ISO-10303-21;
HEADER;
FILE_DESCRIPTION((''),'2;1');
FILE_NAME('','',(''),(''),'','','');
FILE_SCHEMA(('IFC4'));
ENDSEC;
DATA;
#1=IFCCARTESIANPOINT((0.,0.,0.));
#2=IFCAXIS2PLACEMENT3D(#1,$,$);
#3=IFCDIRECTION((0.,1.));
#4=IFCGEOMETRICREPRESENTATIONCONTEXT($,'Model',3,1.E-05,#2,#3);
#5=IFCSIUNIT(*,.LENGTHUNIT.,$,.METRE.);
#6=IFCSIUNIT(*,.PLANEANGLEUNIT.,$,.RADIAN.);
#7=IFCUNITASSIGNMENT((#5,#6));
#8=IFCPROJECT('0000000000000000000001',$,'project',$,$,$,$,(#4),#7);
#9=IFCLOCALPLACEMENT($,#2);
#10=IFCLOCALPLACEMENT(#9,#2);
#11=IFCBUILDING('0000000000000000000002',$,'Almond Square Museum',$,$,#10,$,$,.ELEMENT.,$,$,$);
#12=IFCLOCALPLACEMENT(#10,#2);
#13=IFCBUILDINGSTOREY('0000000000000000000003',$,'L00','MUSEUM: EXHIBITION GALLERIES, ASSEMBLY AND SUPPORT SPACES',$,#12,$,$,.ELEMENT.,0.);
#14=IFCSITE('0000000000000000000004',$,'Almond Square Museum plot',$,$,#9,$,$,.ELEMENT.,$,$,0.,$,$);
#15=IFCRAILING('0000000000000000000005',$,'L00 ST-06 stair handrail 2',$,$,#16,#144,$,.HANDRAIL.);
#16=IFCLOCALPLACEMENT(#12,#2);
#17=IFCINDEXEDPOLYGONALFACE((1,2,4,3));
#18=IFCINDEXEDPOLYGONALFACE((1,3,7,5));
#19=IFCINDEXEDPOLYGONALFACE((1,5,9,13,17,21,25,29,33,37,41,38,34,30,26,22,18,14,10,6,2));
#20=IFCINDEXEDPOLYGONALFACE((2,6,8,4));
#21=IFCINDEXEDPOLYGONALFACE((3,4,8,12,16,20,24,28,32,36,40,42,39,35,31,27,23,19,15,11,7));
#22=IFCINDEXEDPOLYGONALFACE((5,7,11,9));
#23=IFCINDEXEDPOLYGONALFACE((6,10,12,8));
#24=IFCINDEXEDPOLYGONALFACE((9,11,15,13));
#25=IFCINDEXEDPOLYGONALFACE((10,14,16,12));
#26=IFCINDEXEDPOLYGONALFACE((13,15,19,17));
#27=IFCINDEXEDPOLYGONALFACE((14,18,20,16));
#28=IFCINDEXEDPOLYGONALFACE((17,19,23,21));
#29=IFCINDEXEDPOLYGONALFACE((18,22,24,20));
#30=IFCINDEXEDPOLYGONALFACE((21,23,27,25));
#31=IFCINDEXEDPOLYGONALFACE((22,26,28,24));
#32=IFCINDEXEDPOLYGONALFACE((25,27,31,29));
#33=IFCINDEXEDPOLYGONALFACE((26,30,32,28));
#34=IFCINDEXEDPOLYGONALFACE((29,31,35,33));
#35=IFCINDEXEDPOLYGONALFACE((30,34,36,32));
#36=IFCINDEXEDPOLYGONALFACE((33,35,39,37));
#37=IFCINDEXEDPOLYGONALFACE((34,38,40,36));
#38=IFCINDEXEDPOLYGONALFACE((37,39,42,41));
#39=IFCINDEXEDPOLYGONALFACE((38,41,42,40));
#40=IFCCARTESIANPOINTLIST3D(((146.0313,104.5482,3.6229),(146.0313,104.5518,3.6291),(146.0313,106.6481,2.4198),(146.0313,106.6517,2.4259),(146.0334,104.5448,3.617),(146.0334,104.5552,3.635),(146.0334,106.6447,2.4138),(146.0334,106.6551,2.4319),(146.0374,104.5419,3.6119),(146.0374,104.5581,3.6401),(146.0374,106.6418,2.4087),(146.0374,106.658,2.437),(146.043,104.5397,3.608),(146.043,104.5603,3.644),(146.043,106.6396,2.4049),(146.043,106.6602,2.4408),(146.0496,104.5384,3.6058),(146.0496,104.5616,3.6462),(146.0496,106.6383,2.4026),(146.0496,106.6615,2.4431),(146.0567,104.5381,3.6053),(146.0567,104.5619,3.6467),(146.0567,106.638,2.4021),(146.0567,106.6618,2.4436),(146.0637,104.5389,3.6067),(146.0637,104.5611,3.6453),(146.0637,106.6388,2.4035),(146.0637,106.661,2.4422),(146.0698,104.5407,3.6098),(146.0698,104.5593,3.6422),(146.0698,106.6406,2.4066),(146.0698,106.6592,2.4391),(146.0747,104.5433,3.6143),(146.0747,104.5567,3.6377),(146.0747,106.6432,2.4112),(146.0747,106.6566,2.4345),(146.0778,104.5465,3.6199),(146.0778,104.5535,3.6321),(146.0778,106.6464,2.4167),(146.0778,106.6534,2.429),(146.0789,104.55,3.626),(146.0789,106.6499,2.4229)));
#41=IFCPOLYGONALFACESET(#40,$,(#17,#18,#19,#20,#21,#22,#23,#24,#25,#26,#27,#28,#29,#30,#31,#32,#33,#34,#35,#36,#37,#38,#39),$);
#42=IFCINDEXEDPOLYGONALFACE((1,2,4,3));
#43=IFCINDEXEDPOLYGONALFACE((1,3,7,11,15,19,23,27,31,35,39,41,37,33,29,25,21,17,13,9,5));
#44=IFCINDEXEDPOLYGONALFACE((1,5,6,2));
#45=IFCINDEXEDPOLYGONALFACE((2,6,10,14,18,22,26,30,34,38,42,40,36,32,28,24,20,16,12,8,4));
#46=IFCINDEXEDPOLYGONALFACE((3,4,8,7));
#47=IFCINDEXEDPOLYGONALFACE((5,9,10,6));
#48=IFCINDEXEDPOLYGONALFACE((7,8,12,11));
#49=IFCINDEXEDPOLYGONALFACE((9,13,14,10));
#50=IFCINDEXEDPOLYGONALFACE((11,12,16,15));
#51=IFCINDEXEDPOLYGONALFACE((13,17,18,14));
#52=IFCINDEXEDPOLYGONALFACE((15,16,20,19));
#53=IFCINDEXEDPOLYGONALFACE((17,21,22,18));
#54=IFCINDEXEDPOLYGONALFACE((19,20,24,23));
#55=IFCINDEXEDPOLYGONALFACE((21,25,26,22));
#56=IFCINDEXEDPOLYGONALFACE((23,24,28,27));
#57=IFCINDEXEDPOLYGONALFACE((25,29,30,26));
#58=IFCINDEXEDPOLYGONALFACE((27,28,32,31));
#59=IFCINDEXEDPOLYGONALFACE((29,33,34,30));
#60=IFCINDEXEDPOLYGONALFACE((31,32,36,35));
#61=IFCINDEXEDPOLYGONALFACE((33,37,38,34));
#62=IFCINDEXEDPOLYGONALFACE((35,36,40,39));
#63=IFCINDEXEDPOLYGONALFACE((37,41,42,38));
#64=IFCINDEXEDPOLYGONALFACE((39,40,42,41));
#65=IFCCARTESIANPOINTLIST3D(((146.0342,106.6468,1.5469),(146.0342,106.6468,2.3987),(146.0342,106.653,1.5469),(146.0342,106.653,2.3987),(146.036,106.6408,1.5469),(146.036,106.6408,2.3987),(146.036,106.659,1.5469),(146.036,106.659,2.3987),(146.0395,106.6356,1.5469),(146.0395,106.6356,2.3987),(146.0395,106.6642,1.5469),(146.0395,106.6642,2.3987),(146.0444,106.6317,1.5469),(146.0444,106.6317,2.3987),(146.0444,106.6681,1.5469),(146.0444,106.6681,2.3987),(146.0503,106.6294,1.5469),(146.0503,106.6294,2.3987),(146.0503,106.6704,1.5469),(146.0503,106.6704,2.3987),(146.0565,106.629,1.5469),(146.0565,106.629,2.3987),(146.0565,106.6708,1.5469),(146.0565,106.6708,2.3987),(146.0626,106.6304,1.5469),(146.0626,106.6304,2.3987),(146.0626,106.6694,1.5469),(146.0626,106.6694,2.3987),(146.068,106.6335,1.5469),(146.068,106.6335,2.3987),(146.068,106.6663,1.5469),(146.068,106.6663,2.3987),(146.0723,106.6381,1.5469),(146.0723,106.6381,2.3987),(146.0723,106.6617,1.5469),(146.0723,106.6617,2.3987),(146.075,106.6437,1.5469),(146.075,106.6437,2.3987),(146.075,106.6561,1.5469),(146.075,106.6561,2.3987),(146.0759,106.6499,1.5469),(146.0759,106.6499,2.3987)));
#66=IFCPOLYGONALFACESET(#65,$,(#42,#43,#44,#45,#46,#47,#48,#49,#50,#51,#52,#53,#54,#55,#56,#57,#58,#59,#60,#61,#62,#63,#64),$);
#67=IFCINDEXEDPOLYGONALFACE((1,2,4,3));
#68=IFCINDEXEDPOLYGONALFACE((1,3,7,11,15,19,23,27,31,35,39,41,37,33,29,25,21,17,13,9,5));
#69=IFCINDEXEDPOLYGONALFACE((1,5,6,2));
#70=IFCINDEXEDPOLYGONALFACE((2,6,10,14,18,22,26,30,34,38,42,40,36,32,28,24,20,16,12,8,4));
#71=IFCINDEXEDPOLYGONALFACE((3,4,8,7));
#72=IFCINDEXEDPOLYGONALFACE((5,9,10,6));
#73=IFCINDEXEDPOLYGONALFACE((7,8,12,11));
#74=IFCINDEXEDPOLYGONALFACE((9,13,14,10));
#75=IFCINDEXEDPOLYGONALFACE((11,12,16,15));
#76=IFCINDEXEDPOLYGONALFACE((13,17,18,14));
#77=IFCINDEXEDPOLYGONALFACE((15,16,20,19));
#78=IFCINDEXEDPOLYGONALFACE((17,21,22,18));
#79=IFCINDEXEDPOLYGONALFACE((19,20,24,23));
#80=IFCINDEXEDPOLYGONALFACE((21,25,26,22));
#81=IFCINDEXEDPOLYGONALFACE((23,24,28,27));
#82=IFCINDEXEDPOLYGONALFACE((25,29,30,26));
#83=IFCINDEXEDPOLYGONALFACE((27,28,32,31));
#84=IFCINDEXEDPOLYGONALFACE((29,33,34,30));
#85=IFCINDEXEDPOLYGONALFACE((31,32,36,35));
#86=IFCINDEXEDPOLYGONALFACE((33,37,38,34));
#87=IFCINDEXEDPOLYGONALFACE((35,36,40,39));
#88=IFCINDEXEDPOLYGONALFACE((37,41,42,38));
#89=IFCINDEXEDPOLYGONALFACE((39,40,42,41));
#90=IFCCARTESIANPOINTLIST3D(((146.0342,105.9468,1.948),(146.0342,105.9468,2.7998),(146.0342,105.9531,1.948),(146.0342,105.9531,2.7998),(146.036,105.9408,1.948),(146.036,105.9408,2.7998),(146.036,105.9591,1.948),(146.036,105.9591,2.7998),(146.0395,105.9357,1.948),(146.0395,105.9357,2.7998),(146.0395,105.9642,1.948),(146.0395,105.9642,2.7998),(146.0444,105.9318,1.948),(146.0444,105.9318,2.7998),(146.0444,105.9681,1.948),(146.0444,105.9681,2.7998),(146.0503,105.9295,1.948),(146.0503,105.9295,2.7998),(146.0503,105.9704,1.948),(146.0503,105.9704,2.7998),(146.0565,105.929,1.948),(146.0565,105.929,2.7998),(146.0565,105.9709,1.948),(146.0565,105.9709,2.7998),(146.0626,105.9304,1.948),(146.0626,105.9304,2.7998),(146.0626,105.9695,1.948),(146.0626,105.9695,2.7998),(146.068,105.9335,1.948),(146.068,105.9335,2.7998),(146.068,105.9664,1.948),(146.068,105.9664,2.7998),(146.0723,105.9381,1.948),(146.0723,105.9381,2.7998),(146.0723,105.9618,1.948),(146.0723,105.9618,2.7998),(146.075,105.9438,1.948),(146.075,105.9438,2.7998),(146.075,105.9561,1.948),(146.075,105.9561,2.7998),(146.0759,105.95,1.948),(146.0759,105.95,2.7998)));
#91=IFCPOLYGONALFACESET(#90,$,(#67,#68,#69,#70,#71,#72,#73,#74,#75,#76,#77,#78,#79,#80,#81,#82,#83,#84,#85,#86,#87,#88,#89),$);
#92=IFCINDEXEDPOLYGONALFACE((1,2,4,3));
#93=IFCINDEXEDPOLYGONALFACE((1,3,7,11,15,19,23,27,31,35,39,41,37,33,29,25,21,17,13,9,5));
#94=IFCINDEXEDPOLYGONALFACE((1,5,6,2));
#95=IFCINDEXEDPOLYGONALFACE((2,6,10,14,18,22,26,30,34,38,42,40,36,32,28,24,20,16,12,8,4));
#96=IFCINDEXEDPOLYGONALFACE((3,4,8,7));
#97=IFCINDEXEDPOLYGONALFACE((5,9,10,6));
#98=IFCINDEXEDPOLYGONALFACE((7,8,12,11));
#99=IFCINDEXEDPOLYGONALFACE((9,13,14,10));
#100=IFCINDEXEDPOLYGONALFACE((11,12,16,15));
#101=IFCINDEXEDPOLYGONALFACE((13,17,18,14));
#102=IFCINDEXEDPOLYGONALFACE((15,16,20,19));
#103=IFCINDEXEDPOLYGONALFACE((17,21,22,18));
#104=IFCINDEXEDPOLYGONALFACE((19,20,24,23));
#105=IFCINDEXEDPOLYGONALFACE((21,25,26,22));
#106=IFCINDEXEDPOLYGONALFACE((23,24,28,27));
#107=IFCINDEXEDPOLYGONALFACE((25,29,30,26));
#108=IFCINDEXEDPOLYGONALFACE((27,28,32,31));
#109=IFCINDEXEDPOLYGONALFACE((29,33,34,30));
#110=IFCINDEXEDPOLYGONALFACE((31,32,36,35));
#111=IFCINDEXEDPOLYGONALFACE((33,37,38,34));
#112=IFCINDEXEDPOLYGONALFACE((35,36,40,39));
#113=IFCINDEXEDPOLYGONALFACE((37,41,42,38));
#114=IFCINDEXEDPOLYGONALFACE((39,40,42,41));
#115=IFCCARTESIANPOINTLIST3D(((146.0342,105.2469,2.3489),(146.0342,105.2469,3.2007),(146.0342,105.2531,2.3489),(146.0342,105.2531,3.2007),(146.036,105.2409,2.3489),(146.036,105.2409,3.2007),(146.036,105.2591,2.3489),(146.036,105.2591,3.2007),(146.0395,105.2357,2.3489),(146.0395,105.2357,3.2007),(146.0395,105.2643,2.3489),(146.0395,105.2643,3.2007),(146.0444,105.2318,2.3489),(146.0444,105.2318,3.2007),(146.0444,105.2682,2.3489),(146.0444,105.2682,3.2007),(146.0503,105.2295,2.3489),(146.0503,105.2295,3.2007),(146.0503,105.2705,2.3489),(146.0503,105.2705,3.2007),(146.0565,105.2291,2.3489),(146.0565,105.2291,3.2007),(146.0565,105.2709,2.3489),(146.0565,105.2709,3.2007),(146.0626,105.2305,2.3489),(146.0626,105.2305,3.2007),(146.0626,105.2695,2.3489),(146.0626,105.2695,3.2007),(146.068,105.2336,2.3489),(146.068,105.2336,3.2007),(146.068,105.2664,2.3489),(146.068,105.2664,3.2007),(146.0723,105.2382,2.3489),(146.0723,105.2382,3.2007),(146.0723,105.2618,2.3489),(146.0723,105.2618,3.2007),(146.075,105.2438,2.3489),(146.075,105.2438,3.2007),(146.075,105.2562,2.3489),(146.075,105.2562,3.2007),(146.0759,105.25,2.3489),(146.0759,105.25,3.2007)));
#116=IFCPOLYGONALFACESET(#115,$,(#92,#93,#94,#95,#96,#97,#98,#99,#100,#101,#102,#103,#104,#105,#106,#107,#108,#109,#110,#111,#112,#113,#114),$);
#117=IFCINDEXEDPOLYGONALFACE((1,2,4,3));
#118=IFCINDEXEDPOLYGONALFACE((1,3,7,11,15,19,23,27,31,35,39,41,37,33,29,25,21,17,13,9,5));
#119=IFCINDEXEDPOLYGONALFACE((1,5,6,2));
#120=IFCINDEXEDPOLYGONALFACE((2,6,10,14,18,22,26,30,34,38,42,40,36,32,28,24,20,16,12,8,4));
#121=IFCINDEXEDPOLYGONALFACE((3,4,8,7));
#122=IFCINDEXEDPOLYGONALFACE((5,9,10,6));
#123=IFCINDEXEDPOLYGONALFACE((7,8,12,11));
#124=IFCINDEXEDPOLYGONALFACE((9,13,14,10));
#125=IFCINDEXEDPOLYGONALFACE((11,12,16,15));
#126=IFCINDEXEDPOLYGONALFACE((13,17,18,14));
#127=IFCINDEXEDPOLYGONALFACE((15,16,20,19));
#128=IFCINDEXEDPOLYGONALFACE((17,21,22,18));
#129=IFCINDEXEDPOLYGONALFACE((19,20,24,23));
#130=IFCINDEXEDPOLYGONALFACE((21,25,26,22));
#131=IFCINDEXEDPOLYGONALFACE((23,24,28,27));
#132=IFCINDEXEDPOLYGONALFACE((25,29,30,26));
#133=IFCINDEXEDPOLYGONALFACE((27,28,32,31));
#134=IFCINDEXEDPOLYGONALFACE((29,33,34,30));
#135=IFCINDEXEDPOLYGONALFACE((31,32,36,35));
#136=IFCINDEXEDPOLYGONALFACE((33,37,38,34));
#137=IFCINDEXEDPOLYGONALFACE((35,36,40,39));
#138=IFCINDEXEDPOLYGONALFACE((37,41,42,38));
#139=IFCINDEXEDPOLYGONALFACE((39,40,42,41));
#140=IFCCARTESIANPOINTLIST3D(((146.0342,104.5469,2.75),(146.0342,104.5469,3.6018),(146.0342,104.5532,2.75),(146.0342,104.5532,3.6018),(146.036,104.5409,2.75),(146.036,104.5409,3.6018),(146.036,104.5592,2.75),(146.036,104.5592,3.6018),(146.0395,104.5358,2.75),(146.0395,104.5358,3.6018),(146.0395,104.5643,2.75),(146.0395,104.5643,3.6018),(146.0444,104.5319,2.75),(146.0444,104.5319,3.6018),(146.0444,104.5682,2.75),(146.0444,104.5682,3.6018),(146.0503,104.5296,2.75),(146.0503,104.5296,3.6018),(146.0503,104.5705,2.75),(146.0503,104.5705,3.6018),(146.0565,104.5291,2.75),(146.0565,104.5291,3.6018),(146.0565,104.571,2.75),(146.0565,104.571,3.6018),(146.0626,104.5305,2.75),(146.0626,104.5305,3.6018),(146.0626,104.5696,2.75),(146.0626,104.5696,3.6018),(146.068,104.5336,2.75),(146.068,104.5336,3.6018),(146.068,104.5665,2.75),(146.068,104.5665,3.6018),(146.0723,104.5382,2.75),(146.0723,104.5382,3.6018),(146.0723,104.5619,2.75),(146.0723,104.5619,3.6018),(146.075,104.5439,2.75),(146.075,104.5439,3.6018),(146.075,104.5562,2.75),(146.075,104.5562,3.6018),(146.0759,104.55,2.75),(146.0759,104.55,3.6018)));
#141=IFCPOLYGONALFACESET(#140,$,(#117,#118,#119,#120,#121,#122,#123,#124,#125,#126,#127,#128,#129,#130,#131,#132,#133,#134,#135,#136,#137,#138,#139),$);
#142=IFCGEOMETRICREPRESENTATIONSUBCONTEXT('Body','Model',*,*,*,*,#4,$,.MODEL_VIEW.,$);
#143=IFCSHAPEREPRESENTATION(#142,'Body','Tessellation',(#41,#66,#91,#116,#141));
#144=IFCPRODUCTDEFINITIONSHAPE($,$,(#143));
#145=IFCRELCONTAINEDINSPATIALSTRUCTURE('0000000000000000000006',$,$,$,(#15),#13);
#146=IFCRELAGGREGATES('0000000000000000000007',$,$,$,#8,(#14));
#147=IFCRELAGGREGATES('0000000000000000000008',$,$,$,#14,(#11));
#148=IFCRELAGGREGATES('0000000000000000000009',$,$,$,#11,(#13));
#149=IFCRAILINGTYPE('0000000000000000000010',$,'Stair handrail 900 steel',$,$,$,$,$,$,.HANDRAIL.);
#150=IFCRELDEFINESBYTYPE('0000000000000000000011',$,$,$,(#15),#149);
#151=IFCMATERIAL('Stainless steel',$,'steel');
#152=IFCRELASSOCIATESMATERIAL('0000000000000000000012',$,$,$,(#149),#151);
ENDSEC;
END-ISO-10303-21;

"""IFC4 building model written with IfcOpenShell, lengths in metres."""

from ifc_helpers import new_model, si_unit, direction, frame, origin, origin_2d, place, context, subcontext, project, spatial, circle, extrude, material, type_object, element, save


model = new_model("IFC4")

# Units and contexts
model_context = context("Model", 3, precision=1e-05, world=origin(), true_north=direction((0.0, 1.0)))
body_context = subcontext(model_context, "Body", "Model", "MODEL_VIEW")
ifc_project = project(units=[si_unit("LENGTHUNIT", "METRE"), si_unit("PLANEANGLEUNIT", "RADIAN")], contexts=[model_context])

# Site, building, storey
site_placement = place(None, origin())
site = spatial("IfcSite", under=ifc_project, at=site_placement, Name="Almond Square Museum plot", CompositionType="ELEMENT", RefElevation=0.0)
building_placement = place(site_placement, origin())
building = spatial("IfcBuilding", under=site, at=building_placement, Name="Almond Square Museum", CompositionType="ELEMENT")
storey_placement = place(building_placement, origin())
storey = spatial("IfcBuildingStorey", under=building, at=storey_placement, Name="L00", Description="MUSEUM: EXHIBITION GALLERIES, ASSEMBLY AND SUPPORT SPACES", CompositionType="ELEMENT", Elevation=0.0)

# Railing
ifc_material_1 = material(Name="Stainless steel", Category="steel")
railing_type_1 = type_object("IfcRailingType", Name="Stair handrail 900 steel", PredefinedType="HANDRAIL", material=ifc_material_1)
for number, where, name in (
    (1, (146.0549, 106.6499, 1.5469), "L00 ST-06 stair handrail 2"),
):
    element("IfcRailing", number, at=place(storey_placement, frame(where)), inside=storey, type_object=railing_type_1, Name=name, PredefinedType="HANDRAIL", context=body_context, shape_type="SweptSolid", body=[
        extrude(circle(Radius=0.0239, at=origin_2d()), frame((0.0, 0.0, 0.876), z_axis=(0.0, -0.867671, 0.497138), x_axis=(1.0, 0.0, 0.0)), (0.0, 0.0, 1.0), 2.4202),
        extrude(circle(Radius=0.021, at=origin_2d()), origin(), (0.0, 0.0, 1.0), 0.8518),
        extrude(circle(Radius=0.021, at=origin_2d()), frame((0.0, -0.7, 0.4011)), (0.0, 0.0, 1.0), 0.8518),
        extrude(circle(Radius=0.021, at=origin_2d()), frame((0.0, -1.3999, 0.802)), (0.0, 0.0, 1.0), 0.8518),
        extrude(circle(Radius=0.021, at=origin_2d()), frame((0.0, -2.0999, 1.2031)), (0.0, 0.0, 1.0), 0.8518),
    ])

save(model, "model.ifc")
